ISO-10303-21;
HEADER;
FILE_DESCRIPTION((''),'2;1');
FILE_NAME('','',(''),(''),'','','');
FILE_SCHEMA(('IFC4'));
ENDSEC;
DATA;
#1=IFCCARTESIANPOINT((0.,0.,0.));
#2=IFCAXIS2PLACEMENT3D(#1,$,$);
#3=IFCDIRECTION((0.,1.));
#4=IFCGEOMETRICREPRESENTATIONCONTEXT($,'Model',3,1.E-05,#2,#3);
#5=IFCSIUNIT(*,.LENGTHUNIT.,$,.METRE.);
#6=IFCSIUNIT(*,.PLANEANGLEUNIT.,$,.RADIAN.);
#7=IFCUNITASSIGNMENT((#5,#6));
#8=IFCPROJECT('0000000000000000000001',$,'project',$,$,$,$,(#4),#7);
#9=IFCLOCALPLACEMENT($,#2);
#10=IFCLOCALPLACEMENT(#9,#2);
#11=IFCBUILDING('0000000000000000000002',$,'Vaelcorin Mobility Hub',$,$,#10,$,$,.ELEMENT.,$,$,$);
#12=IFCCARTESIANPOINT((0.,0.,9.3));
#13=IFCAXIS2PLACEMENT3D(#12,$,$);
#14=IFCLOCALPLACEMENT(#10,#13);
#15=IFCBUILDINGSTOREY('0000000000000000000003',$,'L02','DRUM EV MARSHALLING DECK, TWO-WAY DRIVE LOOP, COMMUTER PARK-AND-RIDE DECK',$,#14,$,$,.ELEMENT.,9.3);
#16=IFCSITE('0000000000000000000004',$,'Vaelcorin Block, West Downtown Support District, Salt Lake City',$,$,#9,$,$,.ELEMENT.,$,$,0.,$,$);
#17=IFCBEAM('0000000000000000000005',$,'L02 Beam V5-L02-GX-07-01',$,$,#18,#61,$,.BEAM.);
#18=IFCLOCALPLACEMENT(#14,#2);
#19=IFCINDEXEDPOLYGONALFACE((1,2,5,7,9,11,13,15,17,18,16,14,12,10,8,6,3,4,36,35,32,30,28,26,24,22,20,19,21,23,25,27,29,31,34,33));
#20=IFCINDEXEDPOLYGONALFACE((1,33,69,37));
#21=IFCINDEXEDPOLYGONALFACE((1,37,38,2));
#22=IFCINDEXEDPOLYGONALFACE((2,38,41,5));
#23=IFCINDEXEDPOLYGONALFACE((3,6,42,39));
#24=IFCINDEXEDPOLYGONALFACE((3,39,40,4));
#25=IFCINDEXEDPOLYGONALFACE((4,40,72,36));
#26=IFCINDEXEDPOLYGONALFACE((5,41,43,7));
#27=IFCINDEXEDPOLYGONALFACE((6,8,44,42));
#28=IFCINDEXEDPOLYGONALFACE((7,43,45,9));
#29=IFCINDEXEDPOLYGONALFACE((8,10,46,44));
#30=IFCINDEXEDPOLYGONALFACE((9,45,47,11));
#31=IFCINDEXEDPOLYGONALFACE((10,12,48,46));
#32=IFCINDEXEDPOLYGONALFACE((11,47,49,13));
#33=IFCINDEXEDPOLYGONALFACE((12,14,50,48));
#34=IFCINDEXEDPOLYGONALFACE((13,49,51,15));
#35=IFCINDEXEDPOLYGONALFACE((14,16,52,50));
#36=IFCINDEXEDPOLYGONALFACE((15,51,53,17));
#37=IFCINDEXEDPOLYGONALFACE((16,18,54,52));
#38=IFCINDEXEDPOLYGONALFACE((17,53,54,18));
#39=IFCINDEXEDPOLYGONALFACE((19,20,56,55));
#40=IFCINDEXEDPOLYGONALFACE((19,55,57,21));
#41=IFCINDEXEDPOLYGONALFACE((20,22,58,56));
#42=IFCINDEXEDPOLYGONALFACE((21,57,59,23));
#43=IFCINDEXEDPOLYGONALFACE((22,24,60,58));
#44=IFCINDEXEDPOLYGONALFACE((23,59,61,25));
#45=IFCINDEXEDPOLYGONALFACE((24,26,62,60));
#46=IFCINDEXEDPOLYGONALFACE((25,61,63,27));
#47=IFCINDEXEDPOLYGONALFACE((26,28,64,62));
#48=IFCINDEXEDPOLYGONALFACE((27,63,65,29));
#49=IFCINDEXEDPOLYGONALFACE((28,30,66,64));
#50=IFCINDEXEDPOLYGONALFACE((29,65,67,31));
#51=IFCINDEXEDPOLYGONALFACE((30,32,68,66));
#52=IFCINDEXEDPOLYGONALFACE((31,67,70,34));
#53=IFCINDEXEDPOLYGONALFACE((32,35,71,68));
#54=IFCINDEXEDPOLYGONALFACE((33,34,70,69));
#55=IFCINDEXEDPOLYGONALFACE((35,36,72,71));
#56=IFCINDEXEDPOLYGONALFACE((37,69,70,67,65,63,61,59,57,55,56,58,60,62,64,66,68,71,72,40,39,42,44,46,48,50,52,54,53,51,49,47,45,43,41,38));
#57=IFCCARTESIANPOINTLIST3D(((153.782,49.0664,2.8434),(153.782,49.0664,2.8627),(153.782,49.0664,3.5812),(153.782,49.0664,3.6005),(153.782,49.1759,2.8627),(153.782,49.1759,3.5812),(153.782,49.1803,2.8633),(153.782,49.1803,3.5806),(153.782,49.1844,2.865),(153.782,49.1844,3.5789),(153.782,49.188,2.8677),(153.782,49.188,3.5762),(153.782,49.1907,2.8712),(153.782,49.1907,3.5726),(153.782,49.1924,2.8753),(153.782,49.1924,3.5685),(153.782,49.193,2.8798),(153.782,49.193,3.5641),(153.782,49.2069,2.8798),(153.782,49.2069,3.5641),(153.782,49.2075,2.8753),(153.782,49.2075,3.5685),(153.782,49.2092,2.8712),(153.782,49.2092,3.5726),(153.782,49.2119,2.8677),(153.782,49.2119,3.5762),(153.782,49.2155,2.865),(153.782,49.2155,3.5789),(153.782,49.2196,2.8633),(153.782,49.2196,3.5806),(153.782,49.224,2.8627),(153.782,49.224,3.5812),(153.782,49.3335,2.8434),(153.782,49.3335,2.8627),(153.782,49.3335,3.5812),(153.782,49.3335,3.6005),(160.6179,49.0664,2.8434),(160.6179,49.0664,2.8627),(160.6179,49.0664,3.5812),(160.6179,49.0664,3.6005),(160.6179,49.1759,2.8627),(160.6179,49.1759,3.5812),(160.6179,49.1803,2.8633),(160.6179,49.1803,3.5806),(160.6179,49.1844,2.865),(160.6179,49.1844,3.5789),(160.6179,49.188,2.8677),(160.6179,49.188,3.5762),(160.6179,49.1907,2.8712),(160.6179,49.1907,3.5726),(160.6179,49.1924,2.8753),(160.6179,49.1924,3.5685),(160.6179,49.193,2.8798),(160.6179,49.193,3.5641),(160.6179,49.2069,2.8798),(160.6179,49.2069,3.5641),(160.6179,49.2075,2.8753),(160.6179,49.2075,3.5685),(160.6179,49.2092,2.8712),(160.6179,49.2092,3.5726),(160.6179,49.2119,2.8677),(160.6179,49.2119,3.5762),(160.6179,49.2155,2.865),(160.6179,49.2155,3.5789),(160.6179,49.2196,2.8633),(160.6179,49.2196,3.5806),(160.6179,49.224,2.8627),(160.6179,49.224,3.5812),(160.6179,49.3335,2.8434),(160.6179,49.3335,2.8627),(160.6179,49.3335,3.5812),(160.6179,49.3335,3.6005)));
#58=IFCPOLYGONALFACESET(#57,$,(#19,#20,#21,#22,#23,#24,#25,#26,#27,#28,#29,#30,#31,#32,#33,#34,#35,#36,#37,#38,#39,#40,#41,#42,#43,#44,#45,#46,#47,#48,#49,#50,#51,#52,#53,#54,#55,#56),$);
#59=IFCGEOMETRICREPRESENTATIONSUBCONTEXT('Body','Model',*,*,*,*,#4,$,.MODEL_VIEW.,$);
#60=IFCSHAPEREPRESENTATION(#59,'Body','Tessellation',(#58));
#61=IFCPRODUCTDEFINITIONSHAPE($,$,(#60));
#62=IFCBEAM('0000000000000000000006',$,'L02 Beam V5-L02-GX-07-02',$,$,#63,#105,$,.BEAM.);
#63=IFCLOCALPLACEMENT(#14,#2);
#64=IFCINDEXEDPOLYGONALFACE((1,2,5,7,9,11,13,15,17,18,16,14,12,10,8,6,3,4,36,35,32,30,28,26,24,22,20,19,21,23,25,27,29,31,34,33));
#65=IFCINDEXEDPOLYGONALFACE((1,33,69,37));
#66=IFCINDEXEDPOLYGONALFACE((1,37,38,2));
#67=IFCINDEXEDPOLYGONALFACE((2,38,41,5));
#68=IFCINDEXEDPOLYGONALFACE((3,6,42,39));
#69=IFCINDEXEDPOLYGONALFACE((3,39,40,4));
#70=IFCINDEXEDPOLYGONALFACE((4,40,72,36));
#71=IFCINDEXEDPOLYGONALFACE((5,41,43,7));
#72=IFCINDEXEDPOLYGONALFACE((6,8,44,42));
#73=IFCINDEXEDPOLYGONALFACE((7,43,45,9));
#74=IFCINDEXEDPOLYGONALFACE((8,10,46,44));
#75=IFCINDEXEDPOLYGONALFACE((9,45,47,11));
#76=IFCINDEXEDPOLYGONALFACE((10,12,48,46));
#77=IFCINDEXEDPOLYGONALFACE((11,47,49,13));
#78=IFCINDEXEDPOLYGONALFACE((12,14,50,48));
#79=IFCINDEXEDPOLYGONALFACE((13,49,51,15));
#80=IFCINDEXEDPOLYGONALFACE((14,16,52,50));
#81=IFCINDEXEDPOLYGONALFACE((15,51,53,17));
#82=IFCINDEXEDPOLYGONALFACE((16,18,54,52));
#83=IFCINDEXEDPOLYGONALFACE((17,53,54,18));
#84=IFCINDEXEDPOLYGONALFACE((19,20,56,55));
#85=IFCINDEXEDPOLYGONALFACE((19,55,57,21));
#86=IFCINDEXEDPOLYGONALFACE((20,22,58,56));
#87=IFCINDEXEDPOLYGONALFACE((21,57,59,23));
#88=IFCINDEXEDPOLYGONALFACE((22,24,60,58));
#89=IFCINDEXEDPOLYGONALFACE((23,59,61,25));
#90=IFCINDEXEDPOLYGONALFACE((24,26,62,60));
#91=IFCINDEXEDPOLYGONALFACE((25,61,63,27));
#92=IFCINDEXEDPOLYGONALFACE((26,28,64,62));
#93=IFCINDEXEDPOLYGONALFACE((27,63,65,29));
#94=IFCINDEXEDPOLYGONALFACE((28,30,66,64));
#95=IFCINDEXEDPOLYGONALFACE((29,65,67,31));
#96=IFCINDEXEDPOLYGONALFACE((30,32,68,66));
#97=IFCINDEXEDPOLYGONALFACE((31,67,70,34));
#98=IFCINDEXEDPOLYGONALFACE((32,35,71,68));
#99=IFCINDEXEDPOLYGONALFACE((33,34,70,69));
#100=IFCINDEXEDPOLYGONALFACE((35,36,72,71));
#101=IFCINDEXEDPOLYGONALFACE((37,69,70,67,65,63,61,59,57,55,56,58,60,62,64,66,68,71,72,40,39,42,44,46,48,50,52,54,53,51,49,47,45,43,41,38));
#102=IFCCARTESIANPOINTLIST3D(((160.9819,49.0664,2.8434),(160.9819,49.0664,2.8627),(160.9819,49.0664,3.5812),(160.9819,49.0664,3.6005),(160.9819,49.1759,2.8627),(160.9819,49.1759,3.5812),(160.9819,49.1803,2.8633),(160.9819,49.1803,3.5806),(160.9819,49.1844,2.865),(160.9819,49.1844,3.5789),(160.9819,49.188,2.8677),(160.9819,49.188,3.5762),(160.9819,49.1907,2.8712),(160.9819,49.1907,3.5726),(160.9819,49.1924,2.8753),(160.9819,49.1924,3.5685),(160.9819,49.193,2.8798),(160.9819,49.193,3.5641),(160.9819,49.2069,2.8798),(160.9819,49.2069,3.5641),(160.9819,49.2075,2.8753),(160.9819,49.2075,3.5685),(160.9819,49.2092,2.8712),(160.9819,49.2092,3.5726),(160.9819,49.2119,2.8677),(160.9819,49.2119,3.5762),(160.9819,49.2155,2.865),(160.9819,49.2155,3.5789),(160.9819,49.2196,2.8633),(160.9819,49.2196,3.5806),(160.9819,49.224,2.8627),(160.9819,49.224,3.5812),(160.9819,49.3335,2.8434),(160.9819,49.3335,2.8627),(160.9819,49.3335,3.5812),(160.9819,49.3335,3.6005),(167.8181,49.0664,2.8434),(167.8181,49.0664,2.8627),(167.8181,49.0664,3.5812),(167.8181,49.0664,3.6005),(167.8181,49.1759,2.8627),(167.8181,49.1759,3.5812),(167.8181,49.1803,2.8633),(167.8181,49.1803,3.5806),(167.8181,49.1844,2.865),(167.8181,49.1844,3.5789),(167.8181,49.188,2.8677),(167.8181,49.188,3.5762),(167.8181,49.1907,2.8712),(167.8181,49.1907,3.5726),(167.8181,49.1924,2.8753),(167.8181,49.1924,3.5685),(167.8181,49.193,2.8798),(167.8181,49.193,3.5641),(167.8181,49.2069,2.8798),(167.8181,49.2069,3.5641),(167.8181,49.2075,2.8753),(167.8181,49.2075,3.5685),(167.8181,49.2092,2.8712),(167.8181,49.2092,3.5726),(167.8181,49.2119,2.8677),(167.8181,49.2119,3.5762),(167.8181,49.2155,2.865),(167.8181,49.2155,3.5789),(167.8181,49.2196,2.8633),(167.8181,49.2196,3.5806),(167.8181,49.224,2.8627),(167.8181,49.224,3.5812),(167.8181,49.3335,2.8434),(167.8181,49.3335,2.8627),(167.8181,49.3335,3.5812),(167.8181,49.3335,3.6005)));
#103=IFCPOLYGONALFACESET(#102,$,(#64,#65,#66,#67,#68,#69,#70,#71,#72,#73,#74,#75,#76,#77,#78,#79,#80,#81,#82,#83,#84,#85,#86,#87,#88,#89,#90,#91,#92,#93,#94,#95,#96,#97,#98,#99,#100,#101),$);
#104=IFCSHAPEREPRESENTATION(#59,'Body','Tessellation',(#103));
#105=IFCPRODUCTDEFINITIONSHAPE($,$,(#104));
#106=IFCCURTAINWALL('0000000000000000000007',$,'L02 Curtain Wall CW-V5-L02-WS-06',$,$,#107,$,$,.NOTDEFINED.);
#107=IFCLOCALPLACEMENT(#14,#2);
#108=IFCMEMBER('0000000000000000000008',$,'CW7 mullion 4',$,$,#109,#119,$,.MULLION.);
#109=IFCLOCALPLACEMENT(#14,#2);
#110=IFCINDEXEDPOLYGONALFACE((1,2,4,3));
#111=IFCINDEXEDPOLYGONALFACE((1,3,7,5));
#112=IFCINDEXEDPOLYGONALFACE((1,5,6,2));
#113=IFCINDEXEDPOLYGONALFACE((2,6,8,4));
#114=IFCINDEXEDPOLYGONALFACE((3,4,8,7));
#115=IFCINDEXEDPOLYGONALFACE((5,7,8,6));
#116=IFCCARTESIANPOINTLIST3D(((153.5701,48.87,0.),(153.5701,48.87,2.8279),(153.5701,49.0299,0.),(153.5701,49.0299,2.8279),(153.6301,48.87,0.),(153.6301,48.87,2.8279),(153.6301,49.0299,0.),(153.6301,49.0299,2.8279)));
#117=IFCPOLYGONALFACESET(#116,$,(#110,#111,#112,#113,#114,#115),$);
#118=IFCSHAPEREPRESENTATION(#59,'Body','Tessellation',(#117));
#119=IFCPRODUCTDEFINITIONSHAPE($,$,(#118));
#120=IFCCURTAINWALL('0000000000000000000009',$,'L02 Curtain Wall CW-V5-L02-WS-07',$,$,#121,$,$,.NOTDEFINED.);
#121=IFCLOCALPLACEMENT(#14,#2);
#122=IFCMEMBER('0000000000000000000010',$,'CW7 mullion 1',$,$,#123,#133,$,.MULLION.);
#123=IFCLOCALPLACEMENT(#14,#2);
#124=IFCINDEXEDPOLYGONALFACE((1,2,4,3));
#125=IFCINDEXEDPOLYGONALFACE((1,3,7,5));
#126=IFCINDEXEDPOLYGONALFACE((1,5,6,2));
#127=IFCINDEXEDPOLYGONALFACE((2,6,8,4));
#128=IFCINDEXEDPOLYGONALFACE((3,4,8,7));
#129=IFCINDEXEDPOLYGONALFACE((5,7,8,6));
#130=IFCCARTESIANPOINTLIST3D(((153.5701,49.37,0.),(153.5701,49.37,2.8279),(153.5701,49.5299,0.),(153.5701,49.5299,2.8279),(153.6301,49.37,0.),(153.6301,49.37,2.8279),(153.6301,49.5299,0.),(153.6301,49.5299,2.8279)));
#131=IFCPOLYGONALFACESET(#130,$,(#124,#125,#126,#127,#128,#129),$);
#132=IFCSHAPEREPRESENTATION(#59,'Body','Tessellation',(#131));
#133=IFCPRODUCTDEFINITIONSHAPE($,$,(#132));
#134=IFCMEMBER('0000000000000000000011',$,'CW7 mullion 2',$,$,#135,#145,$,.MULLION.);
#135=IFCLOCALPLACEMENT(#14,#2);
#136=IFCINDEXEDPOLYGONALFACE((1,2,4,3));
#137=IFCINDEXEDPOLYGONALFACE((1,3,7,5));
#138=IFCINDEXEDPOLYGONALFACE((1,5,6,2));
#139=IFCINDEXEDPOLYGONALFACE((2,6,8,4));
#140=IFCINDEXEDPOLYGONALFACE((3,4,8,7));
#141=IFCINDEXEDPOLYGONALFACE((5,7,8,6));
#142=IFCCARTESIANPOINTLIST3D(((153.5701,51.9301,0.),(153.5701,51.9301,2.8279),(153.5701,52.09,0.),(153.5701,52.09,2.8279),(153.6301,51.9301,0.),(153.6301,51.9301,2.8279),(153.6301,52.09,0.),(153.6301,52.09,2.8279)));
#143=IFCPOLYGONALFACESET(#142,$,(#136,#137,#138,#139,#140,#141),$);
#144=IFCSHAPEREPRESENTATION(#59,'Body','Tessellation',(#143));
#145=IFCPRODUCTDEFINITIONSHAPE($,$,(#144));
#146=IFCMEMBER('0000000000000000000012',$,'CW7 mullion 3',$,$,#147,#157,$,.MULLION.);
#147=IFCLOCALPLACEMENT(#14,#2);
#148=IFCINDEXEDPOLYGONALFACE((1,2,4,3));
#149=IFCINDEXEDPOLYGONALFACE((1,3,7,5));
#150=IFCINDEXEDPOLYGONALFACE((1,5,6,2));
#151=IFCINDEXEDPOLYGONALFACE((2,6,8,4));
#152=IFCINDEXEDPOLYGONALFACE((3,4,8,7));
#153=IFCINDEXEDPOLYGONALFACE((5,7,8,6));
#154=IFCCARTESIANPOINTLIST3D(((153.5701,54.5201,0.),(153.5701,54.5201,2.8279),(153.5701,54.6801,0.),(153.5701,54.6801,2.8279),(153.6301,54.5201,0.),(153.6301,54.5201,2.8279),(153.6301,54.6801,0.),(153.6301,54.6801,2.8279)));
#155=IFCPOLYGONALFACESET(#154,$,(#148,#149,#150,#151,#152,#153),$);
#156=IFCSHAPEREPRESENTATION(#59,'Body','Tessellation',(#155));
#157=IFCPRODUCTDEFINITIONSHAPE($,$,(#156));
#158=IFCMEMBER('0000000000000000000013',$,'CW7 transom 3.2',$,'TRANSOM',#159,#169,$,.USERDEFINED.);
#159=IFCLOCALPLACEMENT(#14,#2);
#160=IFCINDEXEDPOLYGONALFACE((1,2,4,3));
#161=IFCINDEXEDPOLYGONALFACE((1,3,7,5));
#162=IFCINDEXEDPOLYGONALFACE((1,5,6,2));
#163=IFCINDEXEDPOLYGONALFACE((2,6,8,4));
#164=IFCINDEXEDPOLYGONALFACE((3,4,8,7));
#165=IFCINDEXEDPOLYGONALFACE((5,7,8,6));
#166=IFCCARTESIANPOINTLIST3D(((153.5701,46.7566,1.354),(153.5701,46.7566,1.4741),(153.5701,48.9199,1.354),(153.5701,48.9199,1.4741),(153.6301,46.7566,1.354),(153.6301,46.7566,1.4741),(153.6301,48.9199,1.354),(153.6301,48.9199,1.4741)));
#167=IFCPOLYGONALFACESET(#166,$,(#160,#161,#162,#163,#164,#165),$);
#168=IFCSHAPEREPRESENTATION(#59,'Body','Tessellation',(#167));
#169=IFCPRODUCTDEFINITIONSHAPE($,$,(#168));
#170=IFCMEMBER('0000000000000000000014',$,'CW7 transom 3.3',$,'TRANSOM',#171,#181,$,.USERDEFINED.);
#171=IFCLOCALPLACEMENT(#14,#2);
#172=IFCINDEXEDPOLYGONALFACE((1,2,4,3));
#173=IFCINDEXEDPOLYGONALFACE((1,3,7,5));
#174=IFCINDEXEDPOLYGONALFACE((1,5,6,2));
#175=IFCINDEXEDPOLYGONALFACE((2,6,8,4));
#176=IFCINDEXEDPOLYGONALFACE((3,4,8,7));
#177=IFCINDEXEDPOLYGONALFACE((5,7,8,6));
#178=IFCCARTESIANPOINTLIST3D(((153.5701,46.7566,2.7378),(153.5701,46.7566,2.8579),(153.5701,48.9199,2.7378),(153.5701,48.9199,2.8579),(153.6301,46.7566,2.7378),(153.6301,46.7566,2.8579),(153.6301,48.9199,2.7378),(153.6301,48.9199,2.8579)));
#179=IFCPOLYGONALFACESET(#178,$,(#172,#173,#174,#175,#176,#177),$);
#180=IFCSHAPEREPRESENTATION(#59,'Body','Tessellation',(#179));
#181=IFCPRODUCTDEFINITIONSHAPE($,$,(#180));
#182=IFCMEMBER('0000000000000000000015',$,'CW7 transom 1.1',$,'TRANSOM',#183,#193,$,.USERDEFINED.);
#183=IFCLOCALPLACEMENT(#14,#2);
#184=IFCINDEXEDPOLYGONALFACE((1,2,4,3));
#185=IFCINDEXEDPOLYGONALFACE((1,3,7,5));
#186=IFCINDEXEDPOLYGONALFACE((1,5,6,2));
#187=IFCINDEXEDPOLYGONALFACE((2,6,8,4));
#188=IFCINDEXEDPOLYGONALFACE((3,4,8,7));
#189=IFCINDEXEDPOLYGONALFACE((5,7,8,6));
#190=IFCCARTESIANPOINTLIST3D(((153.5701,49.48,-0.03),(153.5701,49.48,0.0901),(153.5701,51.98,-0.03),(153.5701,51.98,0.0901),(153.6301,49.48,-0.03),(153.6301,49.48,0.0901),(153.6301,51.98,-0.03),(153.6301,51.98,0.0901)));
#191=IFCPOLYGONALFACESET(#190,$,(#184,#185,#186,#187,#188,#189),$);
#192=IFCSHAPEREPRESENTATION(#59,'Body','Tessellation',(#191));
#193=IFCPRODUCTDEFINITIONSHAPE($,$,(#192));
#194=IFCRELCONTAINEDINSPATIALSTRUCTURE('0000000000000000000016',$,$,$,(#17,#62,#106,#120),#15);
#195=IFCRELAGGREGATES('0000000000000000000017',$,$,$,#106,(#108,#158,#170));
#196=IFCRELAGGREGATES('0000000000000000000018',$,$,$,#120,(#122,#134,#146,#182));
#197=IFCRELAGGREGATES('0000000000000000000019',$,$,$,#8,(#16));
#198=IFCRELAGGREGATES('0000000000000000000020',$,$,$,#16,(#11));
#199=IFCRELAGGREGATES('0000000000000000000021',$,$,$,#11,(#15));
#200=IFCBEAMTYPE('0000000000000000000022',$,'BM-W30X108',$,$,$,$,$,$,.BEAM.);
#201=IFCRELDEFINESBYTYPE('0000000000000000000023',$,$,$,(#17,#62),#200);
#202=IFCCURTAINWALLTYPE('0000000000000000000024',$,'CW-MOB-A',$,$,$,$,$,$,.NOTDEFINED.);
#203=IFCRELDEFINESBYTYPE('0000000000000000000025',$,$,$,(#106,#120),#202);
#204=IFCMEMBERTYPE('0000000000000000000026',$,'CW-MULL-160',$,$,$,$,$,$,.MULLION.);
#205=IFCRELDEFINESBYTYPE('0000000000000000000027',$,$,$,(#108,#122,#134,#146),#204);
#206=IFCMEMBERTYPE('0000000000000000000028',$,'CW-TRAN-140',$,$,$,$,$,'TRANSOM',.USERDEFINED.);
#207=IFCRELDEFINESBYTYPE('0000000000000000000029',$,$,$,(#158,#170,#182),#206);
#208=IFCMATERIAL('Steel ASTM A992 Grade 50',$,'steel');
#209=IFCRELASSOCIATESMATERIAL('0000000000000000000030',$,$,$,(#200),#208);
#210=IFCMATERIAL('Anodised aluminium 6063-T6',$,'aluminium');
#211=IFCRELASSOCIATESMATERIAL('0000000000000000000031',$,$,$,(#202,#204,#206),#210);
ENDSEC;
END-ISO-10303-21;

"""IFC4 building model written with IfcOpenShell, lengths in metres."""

from ifc_helpers import new_model, si_unit, direction, frame, origin, origin_2d, place, context, subcontext, project, spatial, rectangle, i_section, extrude, material, material_profile, profile_set, type_object, element, aggregate, save


model = new_model("IFC4")

# Units and contexts
model_context = context("Model", 3, precision=1e-05, world=origin(), true_north=direction((0.0, 1.0)))
body_context = subcontext(model_context, "Body", "Model", "MODEL_VIEW")
ifc_project = project(units=[si_unit("LENGTHUNIT", "METRE"), si_unit("PLANEANGLEUNIT", "RADIAN")], contexts=[model_context])

# Site, building, storey
site_placement = place(None, origin())
site = spatial("IfcSite", under=ifc_project, at=site_placement, Name="Vaelcorin Block, West Downtown Support District, Salt Lake City", CompositionType="ELEMENT", RefElevation=0.0)
building_placement = place(site_placement, origin())
building = spatial("IfcBuilding", under=site, at=building_placement, Name="Vaelcorin Mobility Hub", CompositionType="ELEMENT")
storey_placement = place(building_placement, frame((0.0, 0.0, 9.3)))
storey = spatial("IfcBuildingStorey", under=building, at=storey_placement, Name="L02", Description="DRUM EV MARSHALLING DECK, TWO-WAY DRIVE LOOP, COMMUTER PARK-AND-RIDE DECK", CompositionType="ELEMENT", Elevation=9.3)

# Shared definitions
ifc_material_1 = material(Name="Steel ASTM A992 Grade 50", Category="steel")

# Beams
ifc_material_profile_1 = material_profile(ifc_material_1, i_section(OverallWidth=0.2671, OverallDepth=0.7571, WebThickness=0.0139, FlangeThickness=0.0193, FilletRadius=0.0171, at=origin_2d()), Name="W30X108")
ifc_profile_set_1 = profile_set([ifc_material_profile_1], Name="Steel ASTM A992 Grade 50")
beam_type_1 = type_object("IfcBeamType", Name="BM-W30X108", PredefinedType="BEAM", material=ifc_profile_set_1)
beam_1_placement = place(storey_placement, frame((153.782, 49.2, 3.2219), z_axis=(1.0, 0.0, 0.0), x_axis=(0.0, 1.0, 0.0)))
element("IfcBeam", 1, at=beam_1_placement, inside=storey, type_object=beam_type_1, Name="L02 Beam V5-L02-GX-07-01", PredefinedType="BEAM", context=body_context, shape_type="SweptSolid", body=[
    extrude(i_section(OverallWidth=0.2671, OverallDepth=0.7571, WebThickness=0.0139, FlangeThickness=0.0193, FilletRadius=0.0171, at=origin_2d()), origin(), (0.0, 0.0, 1.0), 6.8359),
])
beam_2_placement = place(storey_placement, frame((160.9819, 49.2, 3.2219), z_axis=(1.0, 0.0, 0.0), x_axis=(0.0, 1.0, 0.0)))
element("IfcBeam", 2, at=beam_2_placement, inside=storey, type_object=beam_type_1, Name="L02 Beam V5-L02-GX-07-02", PredefinedType="BEAM", context=body_context, shape_type="SweptSolid", body=[
    extrude(i_section(OverallWidth=0.2671, OverallDepth=0.7571, WebThickness=0.0139, FlangeThickness=0.0193, FilletRadius=0.0171, at=origin_2d()), origin(), (0.0, 0.0, 1.0), 6.8362),
])

# Curtain wall, member
ifc_material_2 = material(Name="Anodised aluminium 6063-T6", Category="aluminium")
curtain_wall_type = type_object("IfcCurtainWallType", Name="CW-MOB-A", PredefinedType="NOTDEFINED", material=ifc_material_2)
curtain_wall_1_placement = place(storey_placement, origin())
curtain_wall_1 = element("IfcCurtainWall", 3, at=curtain_wall_1_placement, inside=storey, type_object=curtain_wall_type, Name="L02 Curtain Wall CW-V5-L02-WS-06", PredefinedType="NOTDEFINED")
ifc_material_profile_2 = material_profile(ifc_material_2, rectangle(XDim=0.0601, YDim=0.1599, at=origin_2d()), Name="ALU-M60X160")
ifc_profile_set_2 = profile_set([ifc_material_profile_2], Name="Anodised aluminium 6063-T6")
member_type_1 = type_object("IfcMemberType", Name="CW-MULL-160", PredefinedType="MULLION", material=ifc_profile_set_2)
member_1_placement = place(storey_placement, frame((153.6001, 48.95, 0.0), z_axis=(0.0, 0.0, 1.0), x_axis=(-1.0, 0.0, 0.0)))
member_1 = element("IfcMember", 4, at=member_1_placement, type_object=member_type_1, Name="CW7 mullion 4", PredefinedType="MULLION", context=body_context, shape_type="SweptSolid", body=[
    extrude(rectangle(XDim=0.0601, YDim=0.1599, at=origin_2d()), origin(), (0.0, 0.0, 1.0), 2.8279),
])

# Curtain wall, members
curtain_wall_2_placement = place(storey_placement, origin())
curtain_wall_2 = element("IfcCurtainWall", 5, at=curtain_wall_2_placement, inside=storey, type_object=curtain_wall_type, Name="L02 Curtain Wall CW-V5-L02-WS-07", PredefinedType="NOTDEFINED")
member_2_placement = place(storey_placement, frame((153.6001, 49.45, 0.0), z_axis=(0.0, 0.0, 1.0), x_axis=(-1.0, 0.0, 0.0)))
member_2 = element("IfcMember", 6, at=member_2_placement, type_object=member_type_1, Name="CW7 mullion 1", PredefinedType="MULLION", context=body_context, shape_type="SweptSolid", body=[
    extrude(rectangle(XDim=0.0601, YDim=0.1599, at=origin_2d()), origin(), (0.0, 0.0, 1.0), 2.8279),
])
member_3_placement = place(storey_placement, frame((153.6001, 52.01, 0.0), z_axis=(0.0, 0.0, 1.0), x_axis=(-1.0, 0.0, 0.0)))
member_3 = element("IfcMember", 7, at=member_3_placement, type_object=member_type_1, Name="CW7 mullion 2", PredefinedType="MULLION", context=body_context, shape_type="SweptSolid", body=[
    extrude(rectangle(XDim=0.0601, YDim=0.1599, at=origin_2d()), origin(), (0.0, 0.0, 1.0), 2.8279),
])
member_4_placement = place(storey_placement, frame((153.6001, 54.6001, 0.0), z_axis=(0.0, 0.0, 1.0), x_axis=(-1.0, 0.0, 0.0)))
member_4 = element("IfcMember", 8, at=member_4_placement, type_object=member_type_1, Name="CW7 mullion 3", PredefinedType="MULLION", context=body_context, shape_type="SweptSolid", body=[
    extrude(rectangle(XDim=0.0601, YDim=0.1599, at=origin_2d()), origin(), (0.0, 0.0, 1.0), 2.8279),
])

# Members
ifc_material_profile_3 = material_profile(ifc_material_2, rectangle(XDim=0.0601, YDim=0.1201, at=origin_2d()), Name="ALU-T60X120")
ifc_profile_set_3 = profile_set([ifc_material_profile_3], Name="Anodised aluminium 6063-T6")
member_type_2 = type_object("IfcMemberType", Name="CW-TRAN-140", ElementType="TRANSOM", PredefinedType="USERDEFINED", material=ifc_profile_set_3)
member_5_placement = place(storey_placement, frame((153.6001, 46.7566, 1.4141), z_axis=(0.0, 1.0, 0.0), x_axis=(-1.0, 0.0, 0.0)))
member_5 = element("IfcMember", 9, at=member_5_placement, type_object=member_type_2, Name="CW7 transom 3.2", ObjectType="TRANSOM", PredefinedType="USERDEFINED", context=body_context, shape_type="SweptSolid", body=[
    extrude(rectangle(XDim=0.0601, YDim=0.1201, at=origin_2d()), origin(), (0.0, 0.0, 1.0), 2.1633),
])
member_6_placement = place(storey_placement, frame((153.6001, 46.7566, 2.7979), z_axis=(0.0, 1.0, 0.0), x_axis=(-1.0, 0.0, 0.0)))
member_6 = element("IfcMember", 10, at=member_6_placement, type_object=member_type_2, Name="CW7 transom 3.3", ObjectType="TRANSOM", PredefinedType="USERDEFINED", context=body_context, shape_type="SweptSolid", body=[
    extrude(rectangle(XDim=0.0601, YDim=0.1201, at=origin_2d()), origin(), (0.0, 0.0, 1.0), 2.1633),
])
member_7_placement = place(storey_placement, frame((153.6001, 49.48, 0.03), z_axis=(0.0, 1.0, 0.0), x_axis=(-1.0, 0.0, 0.0)))
member_7 = element("IfcMember", 11, at=member_7_placement, type_object=member_type_2, Name="CW7 transom 1.1", ObjectType="TRANSOM", PredefinedType="USERDEFINED", context=body_context, shape_type="SweptSolid", body=[
    extrude(rectangle(XDim=0.0601, YDim=0.1201, at=origin_2d()), origin(), (0.0, 0.0, 1.0), 2.5),
])

aggregate(curtain_wall_1, [member_1, member_5, member_6])
aggregate(curtain_wall_2, [member_2, member_3, member_4, member_7])

save(model, "model.ifc")
